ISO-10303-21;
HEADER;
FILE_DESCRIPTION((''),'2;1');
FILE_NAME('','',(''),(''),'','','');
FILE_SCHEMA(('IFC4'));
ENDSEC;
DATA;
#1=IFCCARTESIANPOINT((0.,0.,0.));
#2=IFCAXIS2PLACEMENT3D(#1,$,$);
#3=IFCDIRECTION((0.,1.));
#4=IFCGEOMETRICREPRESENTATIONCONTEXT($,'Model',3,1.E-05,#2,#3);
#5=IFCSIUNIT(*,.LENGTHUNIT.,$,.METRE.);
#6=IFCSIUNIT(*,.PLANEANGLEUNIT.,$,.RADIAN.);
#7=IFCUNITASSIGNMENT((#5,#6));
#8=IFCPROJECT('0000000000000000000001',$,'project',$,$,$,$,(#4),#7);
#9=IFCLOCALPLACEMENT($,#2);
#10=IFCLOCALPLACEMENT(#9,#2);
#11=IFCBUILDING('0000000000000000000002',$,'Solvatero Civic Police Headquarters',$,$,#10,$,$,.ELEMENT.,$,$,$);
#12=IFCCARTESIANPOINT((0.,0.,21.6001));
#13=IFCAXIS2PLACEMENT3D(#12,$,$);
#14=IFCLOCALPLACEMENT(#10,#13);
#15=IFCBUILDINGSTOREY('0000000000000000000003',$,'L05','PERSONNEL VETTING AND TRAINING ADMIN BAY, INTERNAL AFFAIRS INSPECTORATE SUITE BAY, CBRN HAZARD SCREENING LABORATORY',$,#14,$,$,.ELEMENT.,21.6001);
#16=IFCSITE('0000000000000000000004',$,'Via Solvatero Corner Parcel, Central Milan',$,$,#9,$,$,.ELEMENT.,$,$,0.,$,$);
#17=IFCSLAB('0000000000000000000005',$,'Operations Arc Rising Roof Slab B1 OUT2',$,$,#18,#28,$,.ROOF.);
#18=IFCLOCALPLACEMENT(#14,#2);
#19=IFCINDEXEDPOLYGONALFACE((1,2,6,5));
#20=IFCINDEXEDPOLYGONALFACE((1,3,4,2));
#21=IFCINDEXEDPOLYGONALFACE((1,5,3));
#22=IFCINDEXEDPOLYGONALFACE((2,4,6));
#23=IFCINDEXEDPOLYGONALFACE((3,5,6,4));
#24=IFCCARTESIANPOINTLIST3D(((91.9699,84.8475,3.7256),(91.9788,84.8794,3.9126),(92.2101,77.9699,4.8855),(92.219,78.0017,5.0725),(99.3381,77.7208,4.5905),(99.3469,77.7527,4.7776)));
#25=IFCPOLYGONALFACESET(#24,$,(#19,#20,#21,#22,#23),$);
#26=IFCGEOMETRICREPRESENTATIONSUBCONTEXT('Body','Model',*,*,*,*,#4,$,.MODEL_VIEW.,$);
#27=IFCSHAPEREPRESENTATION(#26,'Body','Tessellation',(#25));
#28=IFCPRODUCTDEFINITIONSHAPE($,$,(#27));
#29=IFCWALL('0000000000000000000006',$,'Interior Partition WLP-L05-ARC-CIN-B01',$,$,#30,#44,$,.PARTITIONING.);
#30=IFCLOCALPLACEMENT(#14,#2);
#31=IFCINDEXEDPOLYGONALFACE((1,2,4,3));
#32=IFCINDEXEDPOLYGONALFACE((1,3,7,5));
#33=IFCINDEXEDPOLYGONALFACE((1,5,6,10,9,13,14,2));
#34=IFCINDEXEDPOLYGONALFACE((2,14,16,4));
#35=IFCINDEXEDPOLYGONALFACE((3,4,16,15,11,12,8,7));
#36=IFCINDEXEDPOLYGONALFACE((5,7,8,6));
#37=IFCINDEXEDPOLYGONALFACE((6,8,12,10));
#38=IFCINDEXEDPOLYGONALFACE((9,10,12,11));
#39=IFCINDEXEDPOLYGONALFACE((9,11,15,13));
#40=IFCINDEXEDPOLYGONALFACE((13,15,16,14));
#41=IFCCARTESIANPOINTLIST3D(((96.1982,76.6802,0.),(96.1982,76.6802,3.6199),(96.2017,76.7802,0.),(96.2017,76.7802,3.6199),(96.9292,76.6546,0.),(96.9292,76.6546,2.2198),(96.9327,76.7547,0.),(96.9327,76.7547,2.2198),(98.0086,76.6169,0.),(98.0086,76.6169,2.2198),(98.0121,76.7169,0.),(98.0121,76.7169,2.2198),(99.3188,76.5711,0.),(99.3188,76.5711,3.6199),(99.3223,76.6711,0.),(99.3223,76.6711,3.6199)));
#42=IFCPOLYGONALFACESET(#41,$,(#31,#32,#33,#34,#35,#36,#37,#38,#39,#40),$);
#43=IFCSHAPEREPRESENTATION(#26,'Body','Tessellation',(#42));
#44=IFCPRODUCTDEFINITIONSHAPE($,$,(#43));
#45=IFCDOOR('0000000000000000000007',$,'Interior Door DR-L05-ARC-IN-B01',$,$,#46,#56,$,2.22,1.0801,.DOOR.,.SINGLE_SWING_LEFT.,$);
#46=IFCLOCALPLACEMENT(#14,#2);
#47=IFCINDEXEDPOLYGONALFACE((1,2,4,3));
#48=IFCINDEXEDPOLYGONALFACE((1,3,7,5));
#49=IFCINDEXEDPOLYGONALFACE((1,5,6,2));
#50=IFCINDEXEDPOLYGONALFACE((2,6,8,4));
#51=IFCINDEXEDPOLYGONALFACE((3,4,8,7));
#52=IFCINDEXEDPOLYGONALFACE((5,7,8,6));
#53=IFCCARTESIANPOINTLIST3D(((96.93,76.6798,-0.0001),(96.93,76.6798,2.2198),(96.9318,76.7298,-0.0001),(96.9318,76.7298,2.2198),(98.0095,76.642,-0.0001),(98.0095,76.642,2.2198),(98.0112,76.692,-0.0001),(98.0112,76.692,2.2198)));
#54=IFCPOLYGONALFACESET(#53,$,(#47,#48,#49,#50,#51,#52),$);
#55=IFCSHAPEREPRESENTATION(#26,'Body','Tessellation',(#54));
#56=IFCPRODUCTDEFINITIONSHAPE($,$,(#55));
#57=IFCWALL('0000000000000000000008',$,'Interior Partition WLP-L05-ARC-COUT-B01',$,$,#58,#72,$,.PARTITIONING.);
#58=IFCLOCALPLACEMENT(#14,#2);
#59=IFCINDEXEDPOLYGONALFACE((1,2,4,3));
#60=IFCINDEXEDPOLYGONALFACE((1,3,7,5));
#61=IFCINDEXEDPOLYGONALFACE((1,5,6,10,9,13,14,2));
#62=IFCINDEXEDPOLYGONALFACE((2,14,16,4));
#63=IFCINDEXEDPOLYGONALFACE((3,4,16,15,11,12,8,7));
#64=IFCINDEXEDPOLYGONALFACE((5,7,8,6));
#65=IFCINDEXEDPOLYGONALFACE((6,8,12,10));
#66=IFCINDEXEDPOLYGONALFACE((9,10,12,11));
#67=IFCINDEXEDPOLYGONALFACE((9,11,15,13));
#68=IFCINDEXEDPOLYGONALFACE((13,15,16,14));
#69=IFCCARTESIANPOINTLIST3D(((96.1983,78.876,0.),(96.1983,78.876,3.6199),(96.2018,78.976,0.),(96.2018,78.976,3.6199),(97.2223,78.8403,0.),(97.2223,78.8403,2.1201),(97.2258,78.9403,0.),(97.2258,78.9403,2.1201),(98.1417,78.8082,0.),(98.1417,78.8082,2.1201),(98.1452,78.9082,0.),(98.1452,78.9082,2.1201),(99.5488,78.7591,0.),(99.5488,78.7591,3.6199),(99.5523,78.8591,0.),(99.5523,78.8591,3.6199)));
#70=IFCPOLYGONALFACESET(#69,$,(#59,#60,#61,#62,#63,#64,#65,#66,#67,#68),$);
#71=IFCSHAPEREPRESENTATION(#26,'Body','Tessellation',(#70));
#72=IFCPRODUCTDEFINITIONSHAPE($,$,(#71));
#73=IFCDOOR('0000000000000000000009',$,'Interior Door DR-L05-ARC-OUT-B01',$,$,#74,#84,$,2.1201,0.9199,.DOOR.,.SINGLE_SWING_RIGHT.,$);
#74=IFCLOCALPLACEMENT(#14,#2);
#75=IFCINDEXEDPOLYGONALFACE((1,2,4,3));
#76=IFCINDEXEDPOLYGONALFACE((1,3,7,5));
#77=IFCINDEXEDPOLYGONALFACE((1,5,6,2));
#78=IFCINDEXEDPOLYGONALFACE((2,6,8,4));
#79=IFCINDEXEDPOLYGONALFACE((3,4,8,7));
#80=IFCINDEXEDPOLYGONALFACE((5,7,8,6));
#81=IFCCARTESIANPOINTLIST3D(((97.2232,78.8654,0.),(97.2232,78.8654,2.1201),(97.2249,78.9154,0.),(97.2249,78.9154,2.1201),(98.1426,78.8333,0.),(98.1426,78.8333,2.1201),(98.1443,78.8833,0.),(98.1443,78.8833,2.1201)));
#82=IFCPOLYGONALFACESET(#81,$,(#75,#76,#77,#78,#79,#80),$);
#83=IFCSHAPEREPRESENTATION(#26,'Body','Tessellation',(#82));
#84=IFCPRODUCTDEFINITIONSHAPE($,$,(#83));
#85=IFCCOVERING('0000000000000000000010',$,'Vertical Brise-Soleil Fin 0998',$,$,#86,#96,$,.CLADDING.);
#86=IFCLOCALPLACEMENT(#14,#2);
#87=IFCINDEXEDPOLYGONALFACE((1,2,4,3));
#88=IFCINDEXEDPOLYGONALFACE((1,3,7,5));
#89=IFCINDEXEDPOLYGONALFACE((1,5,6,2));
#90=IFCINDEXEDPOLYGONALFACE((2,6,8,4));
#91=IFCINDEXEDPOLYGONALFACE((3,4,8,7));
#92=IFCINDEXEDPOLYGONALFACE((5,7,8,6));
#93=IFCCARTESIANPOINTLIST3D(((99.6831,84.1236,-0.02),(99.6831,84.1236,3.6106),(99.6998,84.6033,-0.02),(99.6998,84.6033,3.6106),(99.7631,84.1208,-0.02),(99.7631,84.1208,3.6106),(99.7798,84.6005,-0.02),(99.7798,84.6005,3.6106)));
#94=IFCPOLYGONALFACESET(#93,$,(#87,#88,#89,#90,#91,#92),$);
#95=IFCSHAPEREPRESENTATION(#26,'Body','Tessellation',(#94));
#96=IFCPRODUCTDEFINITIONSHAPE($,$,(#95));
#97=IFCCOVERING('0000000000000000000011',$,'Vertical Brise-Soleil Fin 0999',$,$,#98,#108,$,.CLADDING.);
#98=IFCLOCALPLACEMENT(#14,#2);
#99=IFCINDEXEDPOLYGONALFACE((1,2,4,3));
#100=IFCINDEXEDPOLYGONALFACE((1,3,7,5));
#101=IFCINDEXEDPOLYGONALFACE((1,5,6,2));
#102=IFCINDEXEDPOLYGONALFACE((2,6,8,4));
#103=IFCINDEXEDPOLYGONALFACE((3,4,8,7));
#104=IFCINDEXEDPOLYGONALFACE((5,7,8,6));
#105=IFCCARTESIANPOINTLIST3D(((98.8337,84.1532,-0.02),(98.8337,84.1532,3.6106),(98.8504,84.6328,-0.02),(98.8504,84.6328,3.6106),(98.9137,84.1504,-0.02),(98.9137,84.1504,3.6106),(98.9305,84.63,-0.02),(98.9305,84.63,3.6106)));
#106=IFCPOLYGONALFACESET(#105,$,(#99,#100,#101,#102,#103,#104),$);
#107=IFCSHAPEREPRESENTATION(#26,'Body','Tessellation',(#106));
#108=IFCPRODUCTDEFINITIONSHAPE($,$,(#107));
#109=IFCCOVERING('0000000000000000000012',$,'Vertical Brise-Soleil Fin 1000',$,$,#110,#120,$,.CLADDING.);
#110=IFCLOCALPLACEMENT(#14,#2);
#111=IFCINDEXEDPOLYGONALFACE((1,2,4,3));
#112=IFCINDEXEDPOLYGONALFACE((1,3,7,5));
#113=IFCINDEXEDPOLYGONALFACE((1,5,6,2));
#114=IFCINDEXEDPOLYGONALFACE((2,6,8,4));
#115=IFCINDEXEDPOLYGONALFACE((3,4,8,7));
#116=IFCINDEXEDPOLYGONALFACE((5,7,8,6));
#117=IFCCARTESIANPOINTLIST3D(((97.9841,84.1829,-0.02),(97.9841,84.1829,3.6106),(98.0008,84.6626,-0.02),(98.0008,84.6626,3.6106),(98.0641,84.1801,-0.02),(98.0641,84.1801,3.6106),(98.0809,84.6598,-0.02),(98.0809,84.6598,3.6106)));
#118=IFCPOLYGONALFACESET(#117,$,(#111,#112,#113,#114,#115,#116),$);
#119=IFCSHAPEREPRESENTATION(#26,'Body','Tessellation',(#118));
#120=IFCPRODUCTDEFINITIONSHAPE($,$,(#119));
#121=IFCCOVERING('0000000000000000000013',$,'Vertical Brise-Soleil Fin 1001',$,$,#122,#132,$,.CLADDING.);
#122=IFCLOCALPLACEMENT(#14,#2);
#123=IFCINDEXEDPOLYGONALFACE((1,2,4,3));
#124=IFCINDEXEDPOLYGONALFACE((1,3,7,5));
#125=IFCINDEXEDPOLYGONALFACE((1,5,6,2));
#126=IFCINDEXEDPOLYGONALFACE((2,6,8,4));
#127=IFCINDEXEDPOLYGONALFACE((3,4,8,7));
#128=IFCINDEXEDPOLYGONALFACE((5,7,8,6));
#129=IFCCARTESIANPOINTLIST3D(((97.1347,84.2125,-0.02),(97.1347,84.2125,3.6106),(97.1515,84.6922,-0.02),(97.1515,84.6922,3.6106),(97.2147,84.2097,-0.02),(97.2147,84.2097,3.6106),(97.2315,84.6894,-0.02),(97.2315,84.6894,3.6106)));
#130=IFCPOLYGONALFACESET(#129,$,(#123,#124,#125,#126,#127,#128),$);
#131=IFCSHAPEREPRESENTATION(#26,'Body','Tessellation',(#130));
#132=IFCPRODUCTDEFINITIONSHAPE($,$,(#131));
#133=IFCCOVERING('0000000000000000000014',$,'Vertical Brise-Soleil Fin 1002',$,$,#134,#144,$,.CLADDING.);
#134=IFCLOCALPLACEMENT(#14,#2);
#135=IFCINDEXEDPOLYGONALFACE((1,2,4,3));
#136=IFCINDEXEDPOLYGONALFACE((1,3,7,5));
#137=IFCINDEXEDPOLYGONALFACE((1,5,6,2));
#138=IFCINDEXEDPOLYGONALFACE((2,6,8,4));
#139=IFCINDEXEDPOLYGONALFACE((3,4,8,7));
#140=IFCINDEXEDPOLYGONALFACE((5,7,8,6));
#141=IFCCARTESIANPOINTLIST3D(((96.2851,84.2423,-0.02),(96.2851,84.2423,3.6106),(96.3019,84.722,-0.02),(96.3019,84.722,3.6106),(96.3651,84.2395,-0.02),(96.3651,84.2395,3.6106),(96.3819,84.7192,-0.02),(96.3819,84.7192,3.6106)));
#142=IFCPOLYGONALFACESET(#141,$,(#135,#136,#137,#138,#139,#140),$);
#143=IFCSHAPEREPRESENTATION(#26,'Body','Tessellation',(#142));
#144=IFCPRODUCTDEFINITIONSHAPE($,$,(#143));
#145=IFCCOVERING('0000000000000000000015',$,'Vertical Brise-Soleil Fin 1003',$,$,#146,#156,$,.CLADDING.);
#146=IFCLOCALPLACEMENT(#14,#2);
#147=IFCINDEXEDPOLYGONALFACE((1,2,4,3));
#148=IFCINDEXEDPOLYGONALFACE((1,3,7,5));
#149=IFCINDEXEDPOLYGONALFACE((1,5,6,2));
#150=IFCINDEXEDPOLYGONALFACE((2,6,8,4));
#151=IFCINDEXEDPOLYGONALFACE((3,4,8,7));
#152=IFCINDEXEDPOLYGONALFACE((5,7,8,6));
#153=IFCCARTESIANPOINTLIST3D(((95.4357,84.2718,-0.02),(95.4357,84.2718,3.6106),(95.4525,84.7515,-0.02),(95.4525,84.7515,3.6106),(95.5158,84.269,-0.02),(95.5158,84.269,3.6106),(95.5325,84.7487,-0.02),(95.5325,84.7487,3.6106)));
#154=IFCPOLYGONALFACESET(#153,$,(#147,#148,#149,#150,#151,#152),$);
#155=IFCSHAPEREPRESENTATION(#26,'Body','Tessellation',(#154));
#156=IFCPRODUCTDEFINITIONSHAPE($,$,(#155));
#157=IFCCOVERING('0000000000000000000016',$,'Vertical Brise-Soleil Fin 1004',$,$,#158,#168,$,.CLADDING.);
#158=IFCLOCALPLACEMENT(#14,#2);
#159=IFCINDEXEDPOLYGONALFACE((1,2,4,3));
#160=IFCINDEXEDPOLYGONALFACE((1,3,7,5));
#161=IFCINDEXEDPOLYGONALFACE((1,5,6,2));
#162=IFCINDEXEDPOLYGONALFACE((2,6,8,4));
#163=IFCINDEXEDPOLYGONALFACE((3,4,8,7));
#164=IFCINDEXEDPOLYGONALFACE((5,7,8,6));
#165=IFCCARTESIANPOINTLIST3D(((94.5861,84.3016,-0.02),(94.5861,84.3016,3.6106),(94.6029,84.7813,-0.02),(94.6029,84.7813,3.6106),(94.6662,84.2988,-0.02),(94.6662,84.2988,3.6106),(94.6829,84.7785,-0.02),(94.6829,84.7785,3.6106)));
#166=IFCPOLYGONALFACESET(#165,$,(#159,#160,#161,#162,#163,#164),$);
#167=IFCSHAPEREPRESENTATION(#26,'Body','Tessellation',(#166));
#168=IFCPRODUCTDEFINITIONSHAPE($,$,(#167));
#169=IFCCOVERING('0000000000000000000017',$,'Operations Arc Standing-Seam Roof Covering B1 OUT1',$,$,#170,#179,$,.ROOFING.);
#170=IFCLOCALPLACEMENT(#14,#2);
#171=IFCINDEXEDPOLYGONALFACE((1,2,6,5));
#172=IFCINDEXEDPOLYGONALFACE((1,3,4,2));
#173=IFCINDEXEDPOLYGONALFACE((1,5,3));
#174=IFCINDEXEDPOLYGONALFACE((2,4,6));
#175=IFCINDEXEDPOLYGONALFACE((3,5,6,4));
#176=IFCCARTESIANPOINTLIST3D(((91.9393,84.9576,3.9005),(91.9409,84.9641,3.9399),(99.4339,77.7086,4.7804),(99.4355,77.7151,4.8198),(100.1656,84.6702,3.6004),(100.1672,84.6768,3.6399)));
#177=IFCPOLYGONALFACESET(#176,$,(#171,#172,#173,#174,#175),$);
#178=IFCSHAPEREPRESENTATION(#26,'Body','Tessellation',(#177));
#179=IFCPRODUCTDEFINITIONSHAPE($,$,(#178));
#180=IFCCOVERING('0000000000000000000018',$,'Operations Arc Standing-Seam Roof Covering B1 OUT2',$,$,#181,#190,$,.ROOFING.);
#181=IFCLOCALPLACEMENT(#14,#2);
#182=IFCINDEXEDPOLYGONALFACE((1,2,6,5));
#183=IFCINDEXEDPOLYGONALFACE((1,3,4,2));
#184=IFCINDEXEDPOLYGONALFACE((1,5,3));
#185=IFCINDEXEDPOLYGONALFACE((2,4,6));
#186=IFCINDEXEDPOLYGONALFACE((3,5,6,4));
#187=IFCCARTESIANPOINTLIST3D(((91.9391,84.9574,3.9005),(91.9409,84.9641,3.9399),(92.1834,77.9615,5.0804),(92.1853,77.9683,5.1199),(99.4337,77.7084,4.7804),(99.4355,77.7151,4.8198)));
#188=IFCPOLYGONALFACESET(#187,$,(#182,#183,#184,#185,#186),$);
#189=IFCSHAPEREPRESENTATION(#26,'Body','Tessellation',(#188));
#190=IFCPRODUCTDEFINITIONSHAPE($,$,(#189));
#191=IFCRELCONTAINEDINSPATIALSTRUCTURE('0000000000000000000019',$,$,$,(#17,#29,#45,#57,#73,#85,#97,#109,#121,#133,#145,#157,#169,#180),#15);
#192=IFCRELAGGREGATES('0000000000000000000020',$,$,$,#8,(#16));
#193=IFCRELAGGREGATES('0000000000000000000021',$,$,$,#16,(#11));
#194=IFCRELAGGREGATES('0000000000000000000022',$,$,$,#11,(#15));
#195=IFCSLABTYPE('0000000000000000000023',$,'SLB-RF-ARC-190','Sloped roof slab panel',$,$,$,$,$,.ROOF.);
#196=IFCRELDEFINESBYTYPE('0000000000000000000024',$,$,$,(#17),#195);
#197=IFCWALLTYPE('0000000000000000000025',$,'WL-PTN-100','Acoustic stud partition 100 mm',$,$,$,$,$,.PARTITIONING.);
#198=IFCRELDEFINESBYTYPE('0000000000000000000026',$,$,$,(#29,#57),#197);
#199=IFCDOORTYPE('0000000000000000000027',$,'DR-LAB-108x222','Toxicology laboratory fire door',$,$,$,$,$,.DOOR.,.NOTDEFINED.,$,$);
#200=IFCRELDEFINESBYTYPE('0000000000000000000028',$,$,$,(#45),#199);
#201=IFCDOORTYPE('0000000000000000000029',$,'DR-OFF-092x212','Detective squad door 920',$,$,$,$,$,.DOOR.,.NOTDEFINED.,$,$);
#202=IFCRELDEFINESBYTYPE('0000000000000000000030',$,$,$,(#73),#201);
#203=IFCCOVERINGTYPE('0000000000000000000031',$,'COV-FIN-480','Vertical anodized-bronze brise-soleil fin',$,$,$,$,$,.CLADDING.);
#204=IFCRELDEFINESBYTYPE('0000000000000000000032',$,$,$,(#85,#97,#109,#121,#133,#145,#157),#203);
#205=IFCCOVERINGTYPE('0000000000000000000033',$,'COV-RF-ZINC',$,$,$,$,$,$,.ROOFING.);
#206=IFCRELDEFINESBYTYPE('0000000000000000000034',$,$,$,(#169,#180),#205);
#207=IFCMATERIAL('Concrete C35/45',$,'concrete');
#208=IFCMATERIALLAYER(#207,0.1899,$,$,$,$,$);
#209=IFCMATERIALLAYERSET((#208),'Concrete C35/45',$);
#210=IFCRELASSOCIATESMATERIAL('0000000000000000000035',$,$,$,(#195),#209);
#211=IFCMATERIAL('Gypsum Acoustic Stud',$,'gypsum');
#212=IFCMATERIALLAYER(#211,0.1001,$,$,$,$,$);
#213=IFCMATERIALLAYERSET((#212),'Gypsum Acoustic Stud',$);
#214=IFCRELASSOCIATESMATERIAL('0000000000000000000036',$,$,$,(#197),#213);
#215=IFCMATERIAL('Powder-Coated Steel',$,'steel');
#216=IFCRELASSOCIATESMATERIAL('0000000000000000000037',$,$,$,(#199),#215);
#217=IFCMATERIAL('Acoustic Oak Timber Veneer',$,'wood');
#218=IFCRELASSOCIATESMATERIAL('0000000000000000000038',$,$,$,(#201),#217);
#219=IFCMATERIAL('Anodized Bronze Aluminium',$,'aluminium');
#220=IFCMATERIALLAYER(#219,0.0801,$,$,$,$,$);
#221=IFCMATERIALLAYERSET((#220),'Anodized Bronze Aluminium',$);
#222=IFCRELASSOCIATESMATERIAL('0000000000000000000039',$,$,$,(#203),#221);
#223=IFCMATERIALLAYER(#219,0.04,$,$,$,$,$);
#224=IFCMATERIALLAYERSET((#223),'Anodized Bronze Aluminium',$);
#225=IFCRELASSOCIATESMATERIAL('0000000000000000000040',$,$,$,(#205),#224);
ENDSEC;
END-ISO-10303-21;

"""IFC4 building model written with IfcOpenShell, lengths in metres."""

from ifc_helpers import new_model, si_unit, direction, frame, frame_2d, origin, origin_2d, place, context, subcontext, project, spatial, polyline, rectangle, outline, extrude, material, layer, layer_set, type_object, element, fill, save


model = new_model("IFC4")

# Units and contexts
model_context = context("Model", 3, precision=1e-05, world=origin(), true_north=direction((0.0, 1.0)))
body_context = subcontext(model_context, "Body", "Model", "MODEL_VIEW")
ifc_project = project(units=[si_unit("LENGTHUNIT", "METRE"), si_unit("PLANEANGLEUNIT", "RADIAN")], contexts=[model_context])

# Site, building, storey
site_placement = place(None, origin())
site = spatial("IfcSite", under=ifc_project, at=site_placement, Name="Via Solvatero Corner Parcel, Central Milan", CompositionType="ELEMENT", RefElevation=0.0)
building_placement = place(site_placement, origin())
building = spatial("IfcBuilding", under=site, at=building_placement, Name="Solvatero Civic Police Headquarters", CompositionType="ELEMENT")
storey_placement = place(building_placement, frame((0.0, 0.0, 21.6001)))
storey = spatial("IfcBuildingStorey", under=building, at=storey_placement, Name="L05", Description="PERSONNEL VETTING AND TRAINING ADMIN BAY, INTERNAL AFFAIRS INSPECTORATE SUITE BAY, CBRN HAZARD SCREENING LABORATORY", CompositionType="ELEMENT", Elevation=21.6001)

# Shared definitions
ifc_material_1 = material(Name="Anodized Bronze Aluminium", Category="aluminium")

# Slab
ifc_material_2 = material(Name="Concrete C35/45", Category="concrete")
ifc_layer_1 = layer(ifc_material_2, 0.1899)
ifc_layer_set_1 = layer_set([ifc_layer_1], Name="Concrete C35/45")
slab_type = type_object("IfcSlabType", Name="SLB-RF-ARC-190", Description="Sloped roof slab panel", PredefinedType="ROOF", material=ifc_layer_set_1)
slab_1_placement = place(storey_placement, frame((99.3469, 77.7527, 4.7776), z_axis=(0.046603, 0.167702, 0.984736), x_axis=(-0.998537, 0.034885, 0.041315)))
element("IfcSlab", 1, at=slab_1_placement, inside=storey, type_object=slab_type, Name="Operations Arc Rising Roof Slab B1 OUT2", PredefinedType="ROOF", context=body_context, shape_type="SweptSolid", body=[
    extrude(outline(polyline([(0.0, 0.0), (7.1384, 0.0), (7.5703, -6.9656), (0.0, 0.0)])), origin(), (0.0, 0.0, -1.0), 0.1899),
])

# Walls, openings, doors
ifc_material_3 = material(Name="Gypsum Acoustic Stud", Category="gypsum")
ifc_layer_2 = layer(ifc_material_3, 0.1001)
ifc_layer_set_2 = layer_set([ifc_layer_2], Name="Gypsum Acoustic Stud")
wall_type = type_object("IfcWallType", Name="WL-PTN-100", Description="Acoustic stud partition 100 mm", PredefinedType="PARTITIONING", material=ifc_layer_set_2)
wall_1_placement = place(storey_placement, frame((99.3206, 76.6211, 0.0), z_axis=(0.0, 0.0, 1.0), x_axis=(-0.999389, 0.03495, 0.0)))
wall_1 = element("IfcWall", 2, at=wall_1_placement, inside=storey, type_object=wall_type, Name="Interior Partition WLP-L05-ARC-CIN-B01", PredefinedType="PARTITIONING", context=body_context, shape_type="SweptSolid", body=[
    extrude(rectangle(XDim=3.1226, YDim=0.1001, at=frame_2d((1.5613, 0.0))), origin(), (0.0, 0.0, 1.0), 3.6199),
])
opening_1_placement = place(wall_1_placement, frame((1.311, 0.0, 0.0)))
opening_1 = element("IfcOpeningElement", 3, at=opening_1_placement, cuts=wall_1, PredefinedType="OPENING", context=body_context, shape_type="SweptSolid", body=[
    extrude(rectangle(XDim=1.0801, YDim=2.22, at=frame_2d((0.54, 1.1099))), frame((0.0, 0.0601, 0.0), z_axis=(0.0, -1.0, 0.0), x_axis=(1.0, 0.0, 0.0)), (0.0, 0.0, 1.0), 0.1201),
])
ifc_material_4 = material(Name="Powder-Coated Steel", Category="steel")
door_type_1 = type_object("IfcDoorType", Name="DR-LAB-108x222", Description="Toxicology laboratory fire door", OperationType="NOTDEFINED", PredefinedType="DOOR", material=ifc_material_4)
door_1_placement = place(opening_1_placement, origin())
door_1 = element("IfcDoor", 4, at=door_1_placement, inside=storey, type_object=door_type_1, Name="Interior Door DR-L05-ARC-IN-B01", OperationType="SINGLE_SWING_LEFT", OverallHeight=2.22, OverallWidth=1.0801, PredefinedType="DOOR", context=body_context, shape_type="SweptSolid", body=[
    extrude(rectangle(XDim=1.0801, YDim=2.22, at=frame_2d((0.54, 1.1099))), frame((0.0, 0.0249, 0.0), z_axis=(0.0, -1.0, 0.0), x_axis=(1.0, 0.0, 0.0)), (0.0, 0.0, 1.0), 0.05),
])
fill(opening_1, door_1)
wall_2_placement = place(storey_placement, frame((99.5505, 78.8091, 0.0), z_axis=(0.0, 0.0, 1.0), x_axis=(-0.999391, 0.034881, 0.0)))
wall_2 = element("IfcWall", 5, at=wall_2_placement, inside=storey, type_object=wall_type, Name="Interior Partition WLP-L05-ARC-COUT-B01", PredefinedType="PARTITIONING", context=body_context, shape_type="SweptSolid", body=[
    extrude(rectangle(XDim=3.3525, YDim=0.1001, at=frame_2d((1.6763, 0.0))), origin(), (0.0, 0.0, 1.0), 3.6199),
])
opening_2_placement = place(wall_2_placement, frame((1.408, 0.0, 0.0)))
opening_2 = element("IfcOpeningElement", 6, at=opening_2_placement, cuts=wall_2, PredefinedType="OPENING", context=body_context, shape_type="SweptSolid", body=[
    extrude(rectangle(XDim=0.9199, YDim=2.1201, at=frame_2d((0.46, 1.0601))), frame((0.0, 0.0601, 0.0), z_axis=(0.0, -1.0, 0.0), x_axis=(1.0, 0.0, 0.0)), (0.0, 0.0, 1.0), 0.1201),
])
ifc_material_5 = material(Name="Acoustic Oak Timber Veneer", Category="wood")
door_type_2 = type_object("IfcDoorType", Name="DR-OFF-092x212", Description="Detective squad door 920", OperationType="NOTDEFINED", PredefinedType="DOOR", material=ifc_material_5)
door_2_placement = place(opening_2_placement, origin())
door_2 = element("IfcDoor", 7, at=door_2_placement, inside=storey, type_object=door_type_2, Name="Interior Door DR-L05-ARC-OUT-B01", OperationType="SINGLE_SWING_RIGHT", OverallHeight=2.1201, OverallWidth=0.9199, PredefinedType="DOOR", context=body_context, shape_type="SweptSolid", body=[
    extrude(rectangle(XDim=0.9199, YDim=2.1201, at=frame_2d((0.46, 1.0601))), frame((0.0, 0.0249, 0.0), z_axis=(0.0, -1.0, 0.0), x_axis=(1.0, 0.0, 0.0)), (0.0, 0.0, 1.0), 0.05),
])
fill(opening_2, door_2)

# Coverings
ifc_layer_3 = layer(ifc_material_1, 0.0801)
ifc_layer_set_3 = layer_set([ifc_layer_3], Name="Anodized Bronze Aluminium")
covering_type_1 = type_object("IfcCoveringType", Name="COV-FIN-480", Description="Vertical anodized-bronze brise-soleil fin", PredefinedType="CLADDING", material=ifc_layer_set_3)
for number, where, z_axis, x_axis, name in (
    (8, (99.7314, 84.3621, -0.02), (0.0, 0.0, 1.0), (-0.99939, 0.034917, 0.0), "Vertical Brise-Soleil Fin 0998"),
    (9, (98.8821, 84.3916, -0.02), (0.0, 0.0, 1.0), (-0.99939, 0.034917, 0.0), "Vertical Brise-Soleil Fin 0999"),
    (10, (98.0325, 84.4214, -0.02), (0.0, 0.0, 1.0), (-0.99939, 0.034917, 0.0), "Vertical Brise-Soleil Fin 1000"),
    (11, (97.1831, 84.4509, -0.02), (0.0, 0.0, 1.0), (-0.99939, 0.034917, 0.0), "Vertical Brise-Soleil Fin 1001"),
    (12, (96.3335, 84.4807, -0.02), (0.0, 0.0, 1.0), (-0.99939, 0.034917, 0.0), "Vertical Brise-Soleil Fin 1002"),
    (13, (95.4841, 84.5103, -0.02), (0.0, 0.0, 1.0), (-0.99939, 0.034917, 0.0), "Vertical Brise-Soleil Fin 1003"),
    (14, (94.6345, 84.54, -0.02), (0.0, 0.0, 1.0), (-0.99939, 0.034917, 0.0), "Vertical Brise-Soleil Fin 1004"),
):
    element("IfcCovering", number, at=place(storey_placement, frame(where, z_axis=z_axis, x_axis=x_axis)), inside=storey, type_object=covering_type_1, Name=name, PredefinedType="CLADDING", context=body_context, shape_type="SweptSolid", body=[
        extrude(rectangle(XDim=0.0801, YDim=0.48, at=origin_2d()), origin(), (0.0, 0.0, 1.0), 3.6306),
    ])
ifc_layer_4 = layer(ifc_material_1, 0.04)
ifc_layer_set_4 = layer_set([ifc_layer_4], Name="Anodized Bronze Aluminium")
covering_type_2 = type_object("IfcCoveringType", Name="COV-RF-ZINC", PredefinedType="ROOFING", material=ifc_layer_set_4)
covering_1_placement = place(storey_placement, frame((99.4355, 77.7151, 4.8198), z_axis=(0.04164, 0.162706, 0.985796), x_axis=(0.103073, 0.980688, -0.166216)))
element("IfcCovering", 15, at=covering_1_placement, inside=storey, type_object=covering_type_2, Name="Operations Arc Standing-Seam Roof Covering B1 OUT1", PredefinedType="ROOFING", context=body_context, shape_type="SweptSolid", body=[
    extrude(outline(polyline([(0.0, 0.0), (7.0988, 0.0), (6.4828, 8.2137), (0.0, 0.0)])), origin(), (0.0, 0.0, -1.0), 0.04),
])
covering_2_placement = place(storey_placement, frame((99.4355, 77.7151, 4.8198), z_axis=(0.046609, 0.167715, 0.984733), x_axis=(-0.716241, 0.692769, -0.084088)))
element("IfcCovering", 16, at=covering_2_placement, inside=storey, type_object=covering_type_2, Name="Operations Arc Standing-Seam Roof Covering B1 OUT2", PredefinedType="ROOFING", context=body_context, shape_type="SweptSolid", body=[
    extrude(outline(polyline([(0.0, 0.0), (10.4638, 0.0), (5.3431, 4.9165), (0.0, 0.0)])), origin(), (0.0, 0.0, -1.0), 0.04),
])

save(model, "model.ifc")
